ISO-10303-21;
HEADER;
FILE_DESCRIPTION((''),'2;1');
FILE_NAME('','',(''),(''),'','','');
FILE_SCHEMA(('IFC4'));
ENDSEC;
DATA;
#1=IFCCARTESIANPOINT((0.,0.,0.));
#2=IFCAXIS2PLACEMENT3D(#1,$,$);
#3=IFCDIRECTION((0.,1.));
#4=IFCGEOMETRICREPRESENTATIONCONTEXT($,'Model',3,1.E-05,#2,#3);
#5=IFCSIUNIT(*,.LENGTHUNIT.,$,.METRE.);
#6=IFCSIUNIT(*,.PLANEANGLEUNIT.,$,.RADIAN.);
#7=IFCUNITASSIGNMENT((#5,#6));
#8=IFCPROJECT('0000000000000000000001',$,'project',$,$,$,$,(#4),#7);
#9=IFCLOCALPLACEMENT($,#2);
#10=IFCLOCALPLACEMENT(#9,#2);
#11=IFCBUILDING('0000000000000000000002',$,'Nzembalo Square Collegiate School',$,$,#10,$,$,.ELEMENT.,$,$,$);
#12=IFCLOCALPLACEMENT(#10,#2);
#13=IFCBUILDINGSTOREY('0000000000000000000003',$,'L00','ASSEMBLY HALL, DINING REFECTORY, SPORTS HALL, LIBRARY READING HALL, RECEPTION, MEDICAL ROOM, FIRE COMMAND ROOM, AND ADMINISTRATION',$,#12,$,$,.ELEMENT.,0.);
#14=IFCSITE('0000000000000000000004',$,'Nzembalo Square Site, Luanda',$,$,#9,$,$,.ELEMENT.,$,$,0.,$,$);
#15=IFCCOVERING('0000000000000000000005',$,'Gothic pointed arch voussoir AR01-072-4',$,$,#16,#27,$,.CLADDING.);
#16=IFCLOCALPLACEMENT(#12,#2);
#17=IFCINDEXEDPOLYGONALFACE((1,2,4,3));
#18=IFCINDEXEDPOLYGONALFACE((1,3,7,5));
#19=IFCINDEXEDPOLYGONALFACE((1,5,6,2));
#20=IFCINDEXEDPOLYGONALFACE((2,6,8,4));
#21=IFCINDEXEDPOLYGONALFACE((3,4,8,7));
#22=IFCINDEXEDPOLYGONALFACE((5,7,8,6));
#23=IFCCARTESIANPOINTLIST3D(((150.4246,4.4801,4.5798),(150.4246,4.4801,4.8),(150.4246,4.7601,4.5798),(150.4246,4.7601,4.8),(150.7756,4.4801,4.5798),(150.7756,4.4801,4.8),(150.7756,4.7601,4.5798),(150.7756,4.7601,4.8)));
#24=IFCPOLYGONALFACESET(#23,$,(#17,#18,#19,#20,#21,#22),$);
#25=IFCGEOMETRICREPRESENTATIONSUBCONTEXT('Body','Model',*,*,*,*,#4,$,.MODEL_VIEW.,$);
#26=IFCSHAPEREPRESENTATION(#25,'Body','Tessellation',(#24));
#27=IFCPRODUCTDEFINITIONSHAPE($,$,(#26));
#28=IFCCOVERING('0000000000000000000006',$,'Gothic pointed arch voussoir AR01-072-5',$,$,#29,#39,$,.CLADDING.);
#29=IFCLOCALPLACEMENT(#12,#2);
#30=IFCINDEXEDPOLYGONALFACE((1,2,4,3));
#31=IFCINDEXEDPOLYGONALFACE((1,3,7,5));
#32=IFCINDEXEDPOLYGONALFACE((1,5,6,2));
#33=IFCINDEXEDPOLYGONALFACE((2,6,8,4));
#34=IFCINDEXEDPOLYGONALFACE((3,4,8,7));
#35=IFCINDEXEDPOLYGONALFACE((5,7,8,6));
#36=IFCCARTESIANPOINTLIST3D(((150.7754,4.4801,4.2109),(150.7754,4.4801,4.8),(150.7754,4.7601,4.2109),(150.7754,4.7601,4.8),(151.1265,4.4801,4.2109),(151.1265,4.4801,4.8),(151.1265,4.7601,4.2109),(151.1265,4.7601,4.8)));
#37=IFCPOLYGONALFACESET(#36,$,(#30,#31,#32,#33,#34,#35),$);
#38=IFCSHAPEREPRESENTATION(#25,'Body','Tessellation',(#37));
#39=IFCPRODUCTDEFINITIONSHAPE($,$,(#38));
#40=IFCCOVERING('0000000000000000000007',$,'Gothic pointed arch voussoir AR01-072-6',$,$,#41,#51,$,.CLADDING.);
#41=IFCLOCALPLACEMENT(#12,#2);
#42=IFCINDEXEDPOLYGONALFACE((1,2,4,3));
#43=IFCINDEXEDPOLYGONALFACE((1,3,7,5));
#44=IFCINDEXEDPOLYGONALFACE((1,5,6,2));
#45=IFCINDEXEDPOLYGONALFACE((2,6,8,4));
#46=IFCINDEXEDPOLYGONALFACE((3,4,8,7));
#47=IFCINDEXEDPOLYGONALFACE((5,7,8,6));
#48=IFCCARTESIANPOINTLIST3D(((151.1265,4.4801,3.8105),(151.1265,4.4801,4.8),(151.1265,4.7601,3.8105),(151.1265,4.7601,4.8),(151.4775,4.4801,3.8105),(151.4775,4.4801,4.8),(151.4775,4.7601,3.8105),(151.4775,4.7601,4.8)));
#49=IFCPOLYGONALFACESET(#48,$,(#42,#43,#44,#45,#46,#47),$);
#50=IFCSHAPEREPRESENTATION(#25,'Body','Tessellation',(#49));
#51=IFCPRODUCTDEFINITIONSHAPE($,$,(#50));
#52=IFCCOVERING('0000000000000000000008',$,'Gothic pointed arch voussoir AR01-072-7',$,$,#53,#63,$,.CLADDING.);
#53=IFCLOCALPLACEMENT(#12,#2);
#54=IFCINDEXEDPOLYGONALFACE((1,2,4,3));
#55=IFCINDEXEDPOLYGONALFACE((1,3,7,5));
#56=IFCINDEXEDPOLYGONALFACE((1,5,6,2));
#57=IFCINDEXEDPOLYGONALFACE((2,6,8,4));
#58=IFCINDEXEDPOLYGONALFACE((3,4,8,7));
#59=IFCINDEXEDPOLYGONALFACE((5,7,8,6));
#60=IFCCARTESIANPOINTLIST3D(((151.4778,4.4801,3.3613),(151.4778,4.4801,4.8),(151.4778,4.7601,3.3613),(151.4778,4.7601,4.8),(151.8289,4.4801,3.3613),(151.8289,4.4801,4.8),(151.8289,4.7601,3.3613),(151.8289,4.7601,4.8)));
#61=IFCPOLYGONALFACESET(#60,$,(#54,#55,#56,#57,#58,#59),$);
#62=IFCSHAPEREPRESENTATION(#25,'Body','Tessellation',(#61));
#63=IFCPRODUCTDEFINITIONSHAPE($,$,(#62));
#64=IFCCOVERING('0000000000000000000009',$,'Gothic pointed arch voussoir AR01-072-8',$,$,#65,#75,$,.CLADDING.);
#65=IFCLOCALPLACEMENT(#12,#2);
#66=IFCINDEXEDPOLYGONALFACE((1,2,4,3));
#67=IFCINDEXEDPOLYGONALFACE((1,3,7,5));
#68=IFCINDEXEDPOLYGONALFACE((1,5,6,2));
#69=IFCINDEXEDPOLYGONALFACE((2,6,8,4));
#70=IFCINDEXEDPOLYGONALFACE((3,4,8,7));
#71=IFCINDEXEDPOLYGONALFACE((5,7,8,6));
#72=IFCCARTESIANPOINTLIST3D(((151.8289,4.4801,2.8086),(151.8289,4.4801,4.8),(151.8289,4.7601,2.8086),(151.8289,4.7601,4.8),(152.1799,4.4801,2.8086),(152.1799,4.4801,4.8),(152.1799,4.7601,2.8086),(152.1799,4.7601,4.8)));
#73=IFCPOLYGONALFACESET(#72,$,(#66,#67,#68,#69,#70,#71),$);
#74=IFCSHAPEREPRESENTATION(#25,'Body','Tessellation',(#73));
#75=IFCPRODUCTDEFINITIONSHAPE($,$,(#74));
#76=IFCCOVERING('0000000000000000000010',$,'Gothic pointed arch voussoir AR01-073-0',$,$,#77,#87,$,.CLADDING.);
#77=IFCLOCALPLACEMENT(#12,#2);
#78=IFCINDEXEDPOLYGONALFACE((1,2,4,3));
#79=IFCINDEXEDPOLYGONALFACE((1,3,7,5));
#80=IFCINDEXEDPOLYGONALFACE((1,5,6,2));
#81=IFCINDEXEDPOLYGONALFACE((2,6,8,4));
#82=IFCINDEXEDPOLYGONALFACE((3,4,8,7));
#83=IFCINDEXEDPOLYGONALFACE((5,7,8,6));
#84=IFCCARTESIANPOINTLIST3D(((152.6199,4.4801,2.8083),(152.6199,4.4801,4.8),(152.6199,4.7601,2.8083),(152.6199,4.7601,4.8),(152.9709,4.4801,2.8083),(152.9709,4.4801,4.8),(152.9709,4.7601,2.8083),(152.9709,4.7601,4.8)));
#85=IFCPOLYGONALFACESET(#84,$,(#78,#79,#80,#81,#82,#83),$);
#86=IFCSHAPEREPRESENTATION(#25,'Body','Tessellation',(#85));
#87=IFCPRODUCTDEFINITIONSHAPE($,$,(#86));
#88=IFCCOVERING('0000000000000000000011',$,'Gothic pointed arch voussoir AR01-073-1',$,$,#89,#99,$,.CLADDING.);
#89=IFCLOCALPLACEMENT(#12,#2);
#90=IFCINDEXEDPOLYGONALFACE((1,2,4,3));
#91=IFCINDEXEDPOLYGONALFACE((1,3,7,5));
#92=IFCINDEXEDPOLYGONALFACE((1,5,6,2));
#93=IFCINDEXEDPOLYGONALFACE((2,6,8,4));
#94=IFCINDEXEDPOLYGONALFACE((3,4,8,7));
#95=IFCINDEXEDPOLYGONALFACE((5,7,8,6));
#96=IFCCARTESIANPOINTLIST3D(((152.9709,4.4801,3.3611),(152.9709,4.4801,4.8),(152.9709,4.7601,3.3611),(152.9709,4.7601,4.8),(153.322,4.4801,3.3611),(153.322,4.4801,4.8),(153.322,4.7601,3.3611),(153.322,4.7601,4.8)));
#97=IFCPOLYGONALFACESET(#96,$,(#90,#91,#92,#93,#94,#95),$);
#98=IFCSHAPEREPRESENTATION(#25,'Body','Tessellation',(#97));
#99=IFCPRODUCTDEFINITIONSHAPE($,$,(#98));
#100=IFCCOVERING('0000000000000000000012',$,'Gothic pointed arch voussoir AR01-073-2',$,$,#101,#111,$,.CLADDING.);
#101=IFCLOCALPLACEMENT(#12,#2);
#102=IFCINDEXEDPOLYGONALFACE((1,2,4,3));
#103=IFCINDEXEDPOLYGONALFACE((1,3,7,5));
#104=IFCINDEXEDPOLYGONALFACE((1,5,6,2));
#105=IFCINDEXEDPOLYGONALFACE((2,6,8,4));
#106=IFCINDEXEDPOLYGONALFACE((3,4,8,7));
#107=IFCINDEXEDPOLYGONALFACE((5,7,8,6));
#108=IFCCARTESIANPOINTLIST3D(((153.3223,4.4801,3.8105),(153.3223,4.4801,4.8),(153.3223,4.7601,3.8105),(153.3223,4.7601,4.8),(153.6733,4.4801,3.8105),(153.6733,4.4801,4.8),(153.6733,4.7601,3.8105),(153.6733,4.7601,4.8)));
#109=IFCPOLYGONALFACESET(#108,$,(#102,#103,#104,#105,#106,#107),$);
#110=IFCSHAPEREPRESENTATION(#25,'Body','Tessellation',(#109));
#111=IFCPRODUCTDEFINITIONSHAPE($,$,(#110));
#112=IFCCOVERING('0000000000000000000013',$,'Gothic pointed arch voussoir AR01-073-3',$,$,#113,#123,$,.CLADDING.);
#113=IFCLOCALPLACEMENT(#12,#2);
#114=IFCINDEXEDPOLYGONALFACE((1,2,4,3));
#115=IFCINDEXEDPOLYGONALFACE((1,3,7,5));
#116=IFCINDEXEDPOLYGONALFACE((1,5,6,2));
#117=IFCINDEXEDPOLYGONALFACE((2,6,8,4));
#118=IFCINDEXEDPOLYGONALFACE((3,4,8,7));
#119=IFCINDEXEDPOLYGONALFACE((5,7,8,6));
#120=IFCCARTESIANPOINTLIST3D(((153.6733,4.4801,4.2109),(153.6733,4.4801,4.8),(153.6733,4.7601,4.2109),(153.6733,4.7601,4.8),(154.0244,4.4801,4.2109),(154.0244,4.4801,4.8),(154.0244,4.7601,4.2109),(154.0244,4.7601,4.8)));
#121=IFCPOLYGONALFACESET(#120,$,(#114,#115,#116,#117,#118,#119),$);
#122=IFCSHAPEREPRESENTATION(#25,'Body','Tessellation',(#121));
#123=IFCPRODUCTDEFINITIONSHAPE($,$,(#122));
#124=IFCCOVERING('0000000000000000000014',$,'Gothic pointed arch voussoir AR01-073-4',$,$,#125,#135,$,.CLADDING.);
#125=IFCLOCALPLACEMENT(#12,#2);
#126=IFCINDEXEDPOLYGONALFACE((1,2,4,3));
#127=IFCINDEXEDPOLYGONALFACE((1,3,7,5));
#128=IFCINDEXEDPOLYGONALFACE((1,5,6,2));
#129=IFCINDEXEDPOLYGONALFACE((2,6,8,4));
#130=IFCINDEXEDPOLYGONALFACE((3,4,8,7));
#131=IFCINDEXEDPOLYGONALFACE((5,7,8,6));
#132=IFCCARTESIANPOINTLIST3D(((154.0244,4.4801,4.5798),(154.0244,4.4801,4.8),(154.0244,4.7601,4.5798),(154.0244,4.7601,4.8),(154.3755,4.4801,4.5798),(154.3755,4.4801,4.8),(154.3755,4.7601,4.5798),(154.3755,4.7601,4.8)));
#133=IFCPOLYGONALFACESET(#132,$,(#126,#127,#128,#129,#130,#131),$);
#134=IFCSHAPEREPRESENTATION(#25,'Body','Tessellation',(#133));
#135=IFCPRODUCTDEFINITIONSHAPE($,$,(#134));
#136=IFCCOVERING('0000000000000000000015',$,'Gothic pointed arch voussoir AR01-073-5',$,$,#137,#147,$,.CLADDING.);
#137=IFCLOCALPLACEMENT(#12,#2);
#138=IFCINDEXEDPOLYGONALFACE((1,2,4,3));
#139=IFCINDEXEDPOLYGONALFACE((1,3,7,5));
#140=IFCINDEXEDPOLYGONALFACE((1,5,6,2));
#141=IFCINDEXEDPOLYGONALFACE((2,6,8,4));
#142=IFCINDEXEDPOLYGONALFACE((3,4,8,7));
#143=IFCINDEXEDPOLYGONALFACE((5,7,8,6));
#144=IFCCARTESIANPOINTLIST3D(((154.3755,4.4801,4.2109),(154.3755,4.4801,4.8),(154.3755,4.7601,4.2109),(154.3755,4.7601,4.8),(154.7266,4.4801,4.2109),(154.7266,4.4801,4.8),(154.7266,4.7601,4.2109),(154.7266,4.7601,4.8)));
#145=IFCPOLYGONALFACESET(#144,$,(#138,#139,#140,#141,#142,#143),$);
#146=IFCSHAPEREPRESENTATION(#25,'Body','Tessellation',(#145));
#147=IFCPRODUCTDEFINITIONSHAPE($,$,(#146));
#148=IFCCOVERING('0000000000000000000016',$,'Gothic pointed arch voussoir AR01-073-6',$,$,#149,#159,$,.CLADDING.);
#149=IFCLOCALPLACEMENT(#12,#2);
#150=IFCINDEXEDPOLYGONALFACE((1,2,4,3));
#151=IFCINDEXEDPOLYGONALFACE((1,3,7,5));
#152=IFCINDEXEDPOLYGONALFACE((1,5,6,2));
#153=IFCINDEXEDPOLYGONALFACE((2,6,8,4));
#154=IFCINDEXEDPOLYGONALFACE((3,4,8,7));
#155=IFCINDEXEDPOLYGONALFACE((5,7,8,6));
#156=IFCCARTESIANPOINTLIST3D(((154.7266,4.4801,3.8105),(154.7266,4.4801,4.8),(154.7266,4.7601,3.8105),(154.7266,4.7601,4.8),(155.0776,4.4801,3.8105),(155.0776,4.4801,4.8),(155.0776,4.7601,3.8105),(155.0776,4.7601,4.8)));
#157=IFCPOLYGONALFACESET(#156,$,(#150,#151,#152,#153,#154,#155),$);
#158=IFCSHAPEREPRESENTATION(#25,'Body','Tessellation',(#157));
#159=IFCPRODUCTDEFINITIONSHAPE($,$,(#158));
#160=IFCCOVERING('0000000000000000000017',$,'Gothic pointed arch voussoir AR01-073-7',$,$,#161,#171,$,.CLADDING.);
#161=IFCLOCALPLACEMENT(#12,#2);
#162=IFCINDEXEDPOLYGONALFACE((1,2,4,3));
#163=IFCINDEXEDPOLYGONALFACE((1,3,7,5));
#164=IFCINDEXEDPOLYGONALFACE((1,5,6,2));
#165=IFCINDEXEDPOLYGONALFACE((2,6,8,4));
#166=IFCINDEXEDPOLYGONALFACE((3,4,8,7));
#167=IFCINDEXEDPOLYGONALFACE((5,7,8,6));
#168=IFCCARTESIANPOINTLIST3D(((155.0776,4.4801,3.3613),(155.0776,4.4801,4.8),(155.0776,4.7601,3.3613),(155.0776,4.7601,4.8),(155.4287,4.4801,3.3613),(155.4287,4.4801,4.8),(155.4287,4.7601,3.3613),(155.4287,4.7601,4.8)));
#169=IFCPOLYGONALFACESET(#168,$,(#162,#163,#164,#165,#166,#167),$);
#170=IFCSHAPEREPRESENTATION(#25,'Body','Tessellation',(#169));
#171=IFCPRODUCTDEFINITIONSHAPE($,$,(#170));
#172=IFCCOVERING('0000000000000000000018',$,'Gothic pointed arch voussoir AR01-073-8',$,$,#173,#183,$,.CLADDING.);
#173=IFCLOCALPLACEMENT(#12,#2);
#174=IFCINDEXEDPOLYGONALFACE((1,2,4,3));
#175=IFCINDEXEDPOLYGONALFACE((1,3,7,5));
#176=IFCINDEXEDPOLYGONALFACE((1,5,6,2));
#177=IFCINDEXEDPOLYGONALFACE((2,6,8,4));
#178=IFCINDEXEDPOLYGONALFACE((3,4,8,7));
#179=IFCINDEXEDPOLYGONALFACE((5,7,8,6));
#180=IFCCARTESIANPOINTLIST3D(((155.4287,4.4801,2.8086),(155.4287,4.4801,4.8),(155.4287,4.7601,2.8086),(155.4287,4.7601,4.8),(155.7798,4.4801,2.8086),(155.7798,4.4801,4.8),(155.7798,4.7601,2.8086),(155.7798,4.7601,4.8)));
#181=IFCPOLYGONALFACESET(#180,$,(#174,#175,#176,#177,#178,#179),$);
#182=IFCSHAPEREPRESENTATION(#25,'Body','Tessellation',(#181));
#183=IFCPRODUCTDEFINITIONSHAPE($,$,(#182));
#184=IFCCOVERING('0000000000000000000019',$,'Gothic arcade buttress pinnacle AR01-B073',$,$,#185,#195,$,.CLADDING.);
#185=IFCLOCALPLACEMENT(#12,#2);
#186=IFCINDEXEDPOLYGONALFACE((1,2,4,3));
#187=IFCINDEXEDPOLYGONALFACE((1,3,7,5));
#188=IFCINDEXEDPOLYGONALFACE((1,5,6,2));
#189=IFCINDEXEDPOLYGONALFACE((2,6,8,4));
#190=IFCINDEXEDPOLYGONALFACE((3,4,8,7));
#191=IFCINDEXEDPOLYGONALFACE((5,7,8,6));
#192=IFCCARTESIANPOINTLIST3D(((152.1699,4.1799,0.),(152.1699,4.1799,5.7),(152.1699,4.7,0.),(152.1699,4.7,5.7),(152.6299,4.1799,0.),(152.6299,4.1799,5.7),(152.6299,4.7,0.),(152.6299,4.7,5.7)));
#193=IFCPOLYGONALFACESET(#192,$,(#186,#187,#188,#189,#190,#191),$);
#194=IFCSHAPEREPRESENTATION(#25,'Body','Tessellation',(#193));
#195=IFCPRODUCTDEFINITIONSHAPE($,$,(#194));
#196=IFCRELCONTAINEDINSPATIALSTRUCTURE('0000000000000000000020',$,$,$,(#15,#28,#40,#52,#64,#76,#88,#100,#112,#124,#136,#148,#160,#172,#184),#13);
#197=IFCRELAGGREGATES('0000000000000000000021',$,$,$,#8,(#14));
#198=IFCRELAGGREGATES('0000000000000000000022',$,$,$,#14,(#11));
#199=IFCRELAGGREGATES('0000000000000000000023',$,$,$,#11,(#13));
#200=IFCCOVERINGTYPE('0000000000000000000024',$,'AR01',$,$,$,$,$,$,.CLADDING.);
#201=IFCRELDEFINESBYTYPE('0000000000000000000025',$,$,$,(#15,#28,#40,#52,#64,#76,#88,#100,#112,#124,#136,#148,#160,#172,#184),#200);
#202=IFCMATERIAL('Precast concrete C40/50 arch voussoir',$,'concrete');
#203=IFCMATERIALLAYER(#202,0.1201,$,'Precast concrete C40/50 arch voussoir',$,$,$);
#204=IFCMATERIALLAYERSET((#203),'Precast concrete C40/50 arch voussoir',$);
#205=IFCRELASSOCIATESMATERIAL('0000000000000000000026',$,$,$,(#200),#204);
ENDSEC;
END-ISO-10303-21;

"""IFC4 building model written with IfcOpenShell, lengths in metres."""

from ifc_helpers import new_model, si_unit, direction, frame, origin, origin_2d, place, context, subcontext, project, spatial, rectangle, extrude, material, layer, layer_set, type_object, element, save


model = new_model("IFC4")

# Units and contexts
model_context = context("Model", 3, precision=1e-05, world=origin(), true_north=direction((0.0, 1.0)))
body_context = subcontext(model_context, "Body", "Model", "MODEL_VIEW")
ifc_project = project(units=[si_unit("LENGTHUNIT", "METRE"), si_unit("PLANEANGLEUNIT", "RADIAN")], contexts=[model_context])

# Site, building, storey
site_placement = place(None, origin())
site = spatial("IfcSite", under=ifc_project, at=site_placement, Name="Nzembalo Square Site, Luanda", CompositionType="ELEMENT", RefElevation=0.0)
building_placement = place(site_placement, origin())
building = spatial("IfcBuilding", under=site, at=building_placement, Name="Nzembalo Square Collegiate School", CompositionType="ELEMENT")
storey_placement = place(building_placement, origin())
storey = spatial("IfcBuildingStorey", under=building, at=storey_placement, Name="L00", Description="ASSEMBLY HALL, DINING REFECTORY, SPORTS HALL, LIBRARY READING HALL, RECEPTION, MEDICAL ROOM, FIRE COMMAND ROOM, AND ADMINISTRATION", CompositionType="ELEMENT", Elevation=0.0)

# Coverings
ifc_material = material(Name="Precast concrete C40/50 arch voussoir", Category="concrete")
ifc_layer = layer(ifc_material, 0.1201, Name="Precast concrete C40/50 arch voussoir")
ifc_layer_set = layer_set([ifc_layer], Name="Precast concrete C40/50 arch voussoir")
covering_type = type_object("IfcCoveringType", Name="AR01", PredefinedType="CLADDING", material=ifc_layer_set)
covering_1_placement = place(storey_placement, frame((150.6001, 4.6201, 4.5798), z_axis=(0.0, 0.0, 1.0), x_axis=(1.0, 0.0, 0.0)))
element("IfcCovering", 1, at=covering_1_placement, inside=storey, type_object=covering_type, Name="Gothic pointed arch voussoir AR01-072-4", PredefinedType="CLADDING", context=body_context, shape_type="SweptSolid", body=[
    extrude(rectangle(XDim=0.3511, YDim=0.28, at=origin_2d()), origin(), (0.0, 0.0, 1.0), 0.2202),
])
covering_2_placement = place(storey_placement, frame((150.9509, 4.6201, 4.2109), z_axis=(0.0, 0.0, 1.0), x_axis=(1.0, 0.0, 0.0)))
element("IfcCovering", 2, at=covering_2_placement, inside=storey, type_object=covering_type, Name="Gothic pointed arch voussoir AR01-072-5", PredefinedType="CLADDING", context=body_context, shape_type="SweptSolid", body=[
    extrude(rectangle(XDim=0.3511, YDim=0.28, at=origin_2d()), origin(), (0.0, 0.0, 1.0), 0.5891),
])
covering_3_placement = place(storey_placement, frame((151.302, 4.6201, 3.8105), z_axis=(0.0, 0.0, 1.0), x_axis=(1.0, 0.0, 0.0)))
element("IfcCovering", 3, at=covering_3_placement, inside=storey, type_object=covering_type, Name="Gothic pointed arch voussoir AR01-072-6", PredefinedType="CLADDING", context=body_context, shape_type="SweptSolid", body=[
    extrude(rectangle(XDim=0.3511, YDim=0.28, at=origin_2d()), origin(), (0.0, 0.0, 1.0), 0.9895),
])
covering_4_placement = place(storey_placement, frame((151.6533, 4.6201, 3.3613), z_axis=(0.0, 0.0, 1.0), x_axis=(1.0, 0.0, 0.0)))
element("IfcCovering", 4, at=covering_4_placement, inside=storey, type_object=covering_type, Name="Gothic pointed arch voussoir AR01-072-7", PredefinedType="CLADDING", context=body_context, shape_type="SweptSolid", body=[
    extrude(rectangle(XDim=0.3511, YDim=0.28, at=origin_2d()), origin(), (0.0, 0.0, 1.0), 1.4387),
])
covering_5_placement = place(storey_placement, frame((152.0044, 4.6201, 2.8086), z_axis=(0.0, 0.0, 1.0), x_axis=(1.0, 0.0, 0.0)))
element("IfcCovering", 5, at=covering_5_placement, inside=storey, type_object=covering_type, Name="Gothic pointed arch voussoir AR01-072-8", PredefinedType="CLADDING", context=body_context, shape_type="SweptSolid", body=[
    extrude(rectangle(XDim=0.3511, YDim=0.28, at=origin_2d()), origin(), (0.0, 0.0, 1.0), 1.9915),
])
covering_6_placement = place(storey_placement, frame((152.7954, 4.6201, 2.8083), z_axis=(0.0, 0.0, 1.0), x_axis=(1.0, 0.0, 0.0)))
element("IfcCovering", 6, at=covering_6_placement, inside=storey, type_object=covering_type, Name="Gothic pointed arch voussoir AR01-073-0", PredefinedType="CLADDING", context=body_context, shape_type="SweptSolid", body=[
    extrude(rectangle(XDim=0.3511, YDim=0.28, at=origin_2d()), origin(), (0.0, 0.0, 1.0), 1.9917),
])
covering_7_placement = place(storey_placement, frame((153.1465, 4.6201, 3.3611), z_axis=(0.0, 0.0, 1.0), x_axis=(1.0, 0.0, 0.0)))
element("IfcCovering", 7, at=covering_7_placement, inside=storey, type_object=covering_type, Name="Gothic pointed arch voussoir AR01-073-1", PredefinedType="CLADDING", context=body_context, shape_type="SweptSolid", body=[
    extrude(rectangle(XDim=0.3511, YDim=0.28, at=origin_2d()), origin(), (0.0, 0.0, 1.0), 1.439),
])
covering_8_placement = place(storey_placement, frame((153.4978, 4.6201, 3.8105), z_axis=(0.0, 0.0, 1.0), x_axis=(1.0, 0.0, 0.0)))
element("IfcCovering", 8, at=covering_8_placement, inside=storey, type_object=covering_type, Name="Gothic pointed arch voussoir AR01-073-2", PredefinedType="CLADDING", context=body_context, shape_type="SweptSolid", body=[
    extrude(rectangle(XDim=0.3511, YDim=0.28, at=origin_2d()), origin(), (0.0, 0.0, 1.0), 0.9895),
])
covering_9_placement = place(storey_placement, frame((153.8489, 4.6201, 4.2109), z_axis=(0.0, 0.0, 1.0), x_axis=(1.0, 0.0, 0.0)))
element("IfcCovering", 9, at=covering_9_placement, inside=storey, type_object=covering_type, Name="Gothic pointed arch voussoir AR01-073-3", PredefinedType="CLADDING", context=body_context, shape_type="SweptSolid", body=[
    extrude(rectangle(XDim=0.3511, YDim=0.28, at=origin_2d()), origin(), (0.0, 0.0, 1.0), 0.5891),
])
covering_10_placement = place(storey_placement, frame((154.2, 4.6201, 4.5798), z_axis=(0.0, 0.0, 1.0), x_axis=(1.0, 0.0, 0.0)))
element("IfcCovering", 10, at=covering_10_placement, inside=storey, type_object=covering_type, Name="Gothic pointed arch voussoir AR01-073-4", PredefinedType="CLADDING", context=body_context, shape_type="SweptSolid", body=[
    extrude(rectangle(XDim=0.3511, YDim=0.28, at=origin_2d()), origin(), (0.0, 0.0, 1.0), 0.2202),
])
covering_11_placement = place(storey_placement, frame((154.551, 4.6201, 4.2109), z_axis=(0.0, 0.0, 1.0), x_axis=(1.0, 0.0, 0.0)))
element("IfcCovering", 11, at=covering_11_placement, inside=storey, type_object=covering_type, Name="Gothic pointed arch voussoir AR01-073-5", PredefinedType="CLADDING", context=body_context, shape_type="SweptSolid", body=[
    extrude(rectangle(XDim=0.3511, YDim=0.28, at=origin_2d()), origin(), (0.0, 0.0, 1.0), 0.5891),
])
covering_12_placement = place(storey_placement, frame((154.9021, 4.6201, 3.8105), z_axis=(0.0, 0.0, 1.0), x_axis=(1.0, 0.0, 0.0)))
element("IfcCovering", 12, at=covering_12_placement, inside=storey, type_object=covering_type, Name="Gothic pointed arch voussoir AR01-073-6", PredefinedType="CLADDING", context=body_context, shape_type="SweptSolid", body=[
    extrude(rectangle(XDim=0.3511, YDim=0.28, at=origin_2d()), origin(), (0.0, 0.0, 1.0), 0.9895),
])
covering_13_placement = place(storey_placement, frame((155.2532, 4.6201, 3.3613), z_axis=(0.0, 0.0, 1.0), x_axis=(1.0, 0.0, 0.0)))
element("IfcCovering", 13, at=covering_13_placement, inside=storey, type_object=covering_type, Name="Gothic pointed arch voussoir AR01-073-7", PredefinedType="CLADDING", context=body_context, shape_type="SweptSolid", body=[
    extrude(rectangle(XDim=0.3511, YDim=0.28, at=origin_2d()), origin(), (0.0, 0.0, 1.0), 1.4387),
])
covering_14_placement = place(storey_placement, frame((155.6042, 4.6201, 2.8086), z_axis=(0.0, 0.0, 1.0), x_axis=(1.0, 0.0, 0.0)))
element("IfcCovering", 14, at=covering_14_placement, inside=storey, type_object=covering_type, Name="Gothic pointed arch voussoir AR01-073-8", PredefinedType="CLADDING", context=body_context, shape_type="SweptSolid", body=[
    extrude(rectangle(XDim=0.3511, YDim=0.28, at=origin_2d()), origin(), (0.0, 0.0, 1.0), 1.9915),
])
covering_15_placement = place(storey_placement, frame((152.3999, 4.4399, 0.0), z_axis=(0.0, 0.0, 1.0), x_axis=(1.0, 0.0, 0.0)))
element("IfcCovering", 15, at=covering_15_placement, inside=storey, type_object=covering_type, Name="Gothic arcade buttress pinnacle AR01-B073", PredefinedType="CLADDING", context=body_context, shape_type="SweptSolid", body=[
    extrude(rectangle(XDim=0.46, YDim=0.52, at=origin_2d()), origin(), (0.0, 0.0, 1.0), 5.7),
])

save(model, "model.ifc")
